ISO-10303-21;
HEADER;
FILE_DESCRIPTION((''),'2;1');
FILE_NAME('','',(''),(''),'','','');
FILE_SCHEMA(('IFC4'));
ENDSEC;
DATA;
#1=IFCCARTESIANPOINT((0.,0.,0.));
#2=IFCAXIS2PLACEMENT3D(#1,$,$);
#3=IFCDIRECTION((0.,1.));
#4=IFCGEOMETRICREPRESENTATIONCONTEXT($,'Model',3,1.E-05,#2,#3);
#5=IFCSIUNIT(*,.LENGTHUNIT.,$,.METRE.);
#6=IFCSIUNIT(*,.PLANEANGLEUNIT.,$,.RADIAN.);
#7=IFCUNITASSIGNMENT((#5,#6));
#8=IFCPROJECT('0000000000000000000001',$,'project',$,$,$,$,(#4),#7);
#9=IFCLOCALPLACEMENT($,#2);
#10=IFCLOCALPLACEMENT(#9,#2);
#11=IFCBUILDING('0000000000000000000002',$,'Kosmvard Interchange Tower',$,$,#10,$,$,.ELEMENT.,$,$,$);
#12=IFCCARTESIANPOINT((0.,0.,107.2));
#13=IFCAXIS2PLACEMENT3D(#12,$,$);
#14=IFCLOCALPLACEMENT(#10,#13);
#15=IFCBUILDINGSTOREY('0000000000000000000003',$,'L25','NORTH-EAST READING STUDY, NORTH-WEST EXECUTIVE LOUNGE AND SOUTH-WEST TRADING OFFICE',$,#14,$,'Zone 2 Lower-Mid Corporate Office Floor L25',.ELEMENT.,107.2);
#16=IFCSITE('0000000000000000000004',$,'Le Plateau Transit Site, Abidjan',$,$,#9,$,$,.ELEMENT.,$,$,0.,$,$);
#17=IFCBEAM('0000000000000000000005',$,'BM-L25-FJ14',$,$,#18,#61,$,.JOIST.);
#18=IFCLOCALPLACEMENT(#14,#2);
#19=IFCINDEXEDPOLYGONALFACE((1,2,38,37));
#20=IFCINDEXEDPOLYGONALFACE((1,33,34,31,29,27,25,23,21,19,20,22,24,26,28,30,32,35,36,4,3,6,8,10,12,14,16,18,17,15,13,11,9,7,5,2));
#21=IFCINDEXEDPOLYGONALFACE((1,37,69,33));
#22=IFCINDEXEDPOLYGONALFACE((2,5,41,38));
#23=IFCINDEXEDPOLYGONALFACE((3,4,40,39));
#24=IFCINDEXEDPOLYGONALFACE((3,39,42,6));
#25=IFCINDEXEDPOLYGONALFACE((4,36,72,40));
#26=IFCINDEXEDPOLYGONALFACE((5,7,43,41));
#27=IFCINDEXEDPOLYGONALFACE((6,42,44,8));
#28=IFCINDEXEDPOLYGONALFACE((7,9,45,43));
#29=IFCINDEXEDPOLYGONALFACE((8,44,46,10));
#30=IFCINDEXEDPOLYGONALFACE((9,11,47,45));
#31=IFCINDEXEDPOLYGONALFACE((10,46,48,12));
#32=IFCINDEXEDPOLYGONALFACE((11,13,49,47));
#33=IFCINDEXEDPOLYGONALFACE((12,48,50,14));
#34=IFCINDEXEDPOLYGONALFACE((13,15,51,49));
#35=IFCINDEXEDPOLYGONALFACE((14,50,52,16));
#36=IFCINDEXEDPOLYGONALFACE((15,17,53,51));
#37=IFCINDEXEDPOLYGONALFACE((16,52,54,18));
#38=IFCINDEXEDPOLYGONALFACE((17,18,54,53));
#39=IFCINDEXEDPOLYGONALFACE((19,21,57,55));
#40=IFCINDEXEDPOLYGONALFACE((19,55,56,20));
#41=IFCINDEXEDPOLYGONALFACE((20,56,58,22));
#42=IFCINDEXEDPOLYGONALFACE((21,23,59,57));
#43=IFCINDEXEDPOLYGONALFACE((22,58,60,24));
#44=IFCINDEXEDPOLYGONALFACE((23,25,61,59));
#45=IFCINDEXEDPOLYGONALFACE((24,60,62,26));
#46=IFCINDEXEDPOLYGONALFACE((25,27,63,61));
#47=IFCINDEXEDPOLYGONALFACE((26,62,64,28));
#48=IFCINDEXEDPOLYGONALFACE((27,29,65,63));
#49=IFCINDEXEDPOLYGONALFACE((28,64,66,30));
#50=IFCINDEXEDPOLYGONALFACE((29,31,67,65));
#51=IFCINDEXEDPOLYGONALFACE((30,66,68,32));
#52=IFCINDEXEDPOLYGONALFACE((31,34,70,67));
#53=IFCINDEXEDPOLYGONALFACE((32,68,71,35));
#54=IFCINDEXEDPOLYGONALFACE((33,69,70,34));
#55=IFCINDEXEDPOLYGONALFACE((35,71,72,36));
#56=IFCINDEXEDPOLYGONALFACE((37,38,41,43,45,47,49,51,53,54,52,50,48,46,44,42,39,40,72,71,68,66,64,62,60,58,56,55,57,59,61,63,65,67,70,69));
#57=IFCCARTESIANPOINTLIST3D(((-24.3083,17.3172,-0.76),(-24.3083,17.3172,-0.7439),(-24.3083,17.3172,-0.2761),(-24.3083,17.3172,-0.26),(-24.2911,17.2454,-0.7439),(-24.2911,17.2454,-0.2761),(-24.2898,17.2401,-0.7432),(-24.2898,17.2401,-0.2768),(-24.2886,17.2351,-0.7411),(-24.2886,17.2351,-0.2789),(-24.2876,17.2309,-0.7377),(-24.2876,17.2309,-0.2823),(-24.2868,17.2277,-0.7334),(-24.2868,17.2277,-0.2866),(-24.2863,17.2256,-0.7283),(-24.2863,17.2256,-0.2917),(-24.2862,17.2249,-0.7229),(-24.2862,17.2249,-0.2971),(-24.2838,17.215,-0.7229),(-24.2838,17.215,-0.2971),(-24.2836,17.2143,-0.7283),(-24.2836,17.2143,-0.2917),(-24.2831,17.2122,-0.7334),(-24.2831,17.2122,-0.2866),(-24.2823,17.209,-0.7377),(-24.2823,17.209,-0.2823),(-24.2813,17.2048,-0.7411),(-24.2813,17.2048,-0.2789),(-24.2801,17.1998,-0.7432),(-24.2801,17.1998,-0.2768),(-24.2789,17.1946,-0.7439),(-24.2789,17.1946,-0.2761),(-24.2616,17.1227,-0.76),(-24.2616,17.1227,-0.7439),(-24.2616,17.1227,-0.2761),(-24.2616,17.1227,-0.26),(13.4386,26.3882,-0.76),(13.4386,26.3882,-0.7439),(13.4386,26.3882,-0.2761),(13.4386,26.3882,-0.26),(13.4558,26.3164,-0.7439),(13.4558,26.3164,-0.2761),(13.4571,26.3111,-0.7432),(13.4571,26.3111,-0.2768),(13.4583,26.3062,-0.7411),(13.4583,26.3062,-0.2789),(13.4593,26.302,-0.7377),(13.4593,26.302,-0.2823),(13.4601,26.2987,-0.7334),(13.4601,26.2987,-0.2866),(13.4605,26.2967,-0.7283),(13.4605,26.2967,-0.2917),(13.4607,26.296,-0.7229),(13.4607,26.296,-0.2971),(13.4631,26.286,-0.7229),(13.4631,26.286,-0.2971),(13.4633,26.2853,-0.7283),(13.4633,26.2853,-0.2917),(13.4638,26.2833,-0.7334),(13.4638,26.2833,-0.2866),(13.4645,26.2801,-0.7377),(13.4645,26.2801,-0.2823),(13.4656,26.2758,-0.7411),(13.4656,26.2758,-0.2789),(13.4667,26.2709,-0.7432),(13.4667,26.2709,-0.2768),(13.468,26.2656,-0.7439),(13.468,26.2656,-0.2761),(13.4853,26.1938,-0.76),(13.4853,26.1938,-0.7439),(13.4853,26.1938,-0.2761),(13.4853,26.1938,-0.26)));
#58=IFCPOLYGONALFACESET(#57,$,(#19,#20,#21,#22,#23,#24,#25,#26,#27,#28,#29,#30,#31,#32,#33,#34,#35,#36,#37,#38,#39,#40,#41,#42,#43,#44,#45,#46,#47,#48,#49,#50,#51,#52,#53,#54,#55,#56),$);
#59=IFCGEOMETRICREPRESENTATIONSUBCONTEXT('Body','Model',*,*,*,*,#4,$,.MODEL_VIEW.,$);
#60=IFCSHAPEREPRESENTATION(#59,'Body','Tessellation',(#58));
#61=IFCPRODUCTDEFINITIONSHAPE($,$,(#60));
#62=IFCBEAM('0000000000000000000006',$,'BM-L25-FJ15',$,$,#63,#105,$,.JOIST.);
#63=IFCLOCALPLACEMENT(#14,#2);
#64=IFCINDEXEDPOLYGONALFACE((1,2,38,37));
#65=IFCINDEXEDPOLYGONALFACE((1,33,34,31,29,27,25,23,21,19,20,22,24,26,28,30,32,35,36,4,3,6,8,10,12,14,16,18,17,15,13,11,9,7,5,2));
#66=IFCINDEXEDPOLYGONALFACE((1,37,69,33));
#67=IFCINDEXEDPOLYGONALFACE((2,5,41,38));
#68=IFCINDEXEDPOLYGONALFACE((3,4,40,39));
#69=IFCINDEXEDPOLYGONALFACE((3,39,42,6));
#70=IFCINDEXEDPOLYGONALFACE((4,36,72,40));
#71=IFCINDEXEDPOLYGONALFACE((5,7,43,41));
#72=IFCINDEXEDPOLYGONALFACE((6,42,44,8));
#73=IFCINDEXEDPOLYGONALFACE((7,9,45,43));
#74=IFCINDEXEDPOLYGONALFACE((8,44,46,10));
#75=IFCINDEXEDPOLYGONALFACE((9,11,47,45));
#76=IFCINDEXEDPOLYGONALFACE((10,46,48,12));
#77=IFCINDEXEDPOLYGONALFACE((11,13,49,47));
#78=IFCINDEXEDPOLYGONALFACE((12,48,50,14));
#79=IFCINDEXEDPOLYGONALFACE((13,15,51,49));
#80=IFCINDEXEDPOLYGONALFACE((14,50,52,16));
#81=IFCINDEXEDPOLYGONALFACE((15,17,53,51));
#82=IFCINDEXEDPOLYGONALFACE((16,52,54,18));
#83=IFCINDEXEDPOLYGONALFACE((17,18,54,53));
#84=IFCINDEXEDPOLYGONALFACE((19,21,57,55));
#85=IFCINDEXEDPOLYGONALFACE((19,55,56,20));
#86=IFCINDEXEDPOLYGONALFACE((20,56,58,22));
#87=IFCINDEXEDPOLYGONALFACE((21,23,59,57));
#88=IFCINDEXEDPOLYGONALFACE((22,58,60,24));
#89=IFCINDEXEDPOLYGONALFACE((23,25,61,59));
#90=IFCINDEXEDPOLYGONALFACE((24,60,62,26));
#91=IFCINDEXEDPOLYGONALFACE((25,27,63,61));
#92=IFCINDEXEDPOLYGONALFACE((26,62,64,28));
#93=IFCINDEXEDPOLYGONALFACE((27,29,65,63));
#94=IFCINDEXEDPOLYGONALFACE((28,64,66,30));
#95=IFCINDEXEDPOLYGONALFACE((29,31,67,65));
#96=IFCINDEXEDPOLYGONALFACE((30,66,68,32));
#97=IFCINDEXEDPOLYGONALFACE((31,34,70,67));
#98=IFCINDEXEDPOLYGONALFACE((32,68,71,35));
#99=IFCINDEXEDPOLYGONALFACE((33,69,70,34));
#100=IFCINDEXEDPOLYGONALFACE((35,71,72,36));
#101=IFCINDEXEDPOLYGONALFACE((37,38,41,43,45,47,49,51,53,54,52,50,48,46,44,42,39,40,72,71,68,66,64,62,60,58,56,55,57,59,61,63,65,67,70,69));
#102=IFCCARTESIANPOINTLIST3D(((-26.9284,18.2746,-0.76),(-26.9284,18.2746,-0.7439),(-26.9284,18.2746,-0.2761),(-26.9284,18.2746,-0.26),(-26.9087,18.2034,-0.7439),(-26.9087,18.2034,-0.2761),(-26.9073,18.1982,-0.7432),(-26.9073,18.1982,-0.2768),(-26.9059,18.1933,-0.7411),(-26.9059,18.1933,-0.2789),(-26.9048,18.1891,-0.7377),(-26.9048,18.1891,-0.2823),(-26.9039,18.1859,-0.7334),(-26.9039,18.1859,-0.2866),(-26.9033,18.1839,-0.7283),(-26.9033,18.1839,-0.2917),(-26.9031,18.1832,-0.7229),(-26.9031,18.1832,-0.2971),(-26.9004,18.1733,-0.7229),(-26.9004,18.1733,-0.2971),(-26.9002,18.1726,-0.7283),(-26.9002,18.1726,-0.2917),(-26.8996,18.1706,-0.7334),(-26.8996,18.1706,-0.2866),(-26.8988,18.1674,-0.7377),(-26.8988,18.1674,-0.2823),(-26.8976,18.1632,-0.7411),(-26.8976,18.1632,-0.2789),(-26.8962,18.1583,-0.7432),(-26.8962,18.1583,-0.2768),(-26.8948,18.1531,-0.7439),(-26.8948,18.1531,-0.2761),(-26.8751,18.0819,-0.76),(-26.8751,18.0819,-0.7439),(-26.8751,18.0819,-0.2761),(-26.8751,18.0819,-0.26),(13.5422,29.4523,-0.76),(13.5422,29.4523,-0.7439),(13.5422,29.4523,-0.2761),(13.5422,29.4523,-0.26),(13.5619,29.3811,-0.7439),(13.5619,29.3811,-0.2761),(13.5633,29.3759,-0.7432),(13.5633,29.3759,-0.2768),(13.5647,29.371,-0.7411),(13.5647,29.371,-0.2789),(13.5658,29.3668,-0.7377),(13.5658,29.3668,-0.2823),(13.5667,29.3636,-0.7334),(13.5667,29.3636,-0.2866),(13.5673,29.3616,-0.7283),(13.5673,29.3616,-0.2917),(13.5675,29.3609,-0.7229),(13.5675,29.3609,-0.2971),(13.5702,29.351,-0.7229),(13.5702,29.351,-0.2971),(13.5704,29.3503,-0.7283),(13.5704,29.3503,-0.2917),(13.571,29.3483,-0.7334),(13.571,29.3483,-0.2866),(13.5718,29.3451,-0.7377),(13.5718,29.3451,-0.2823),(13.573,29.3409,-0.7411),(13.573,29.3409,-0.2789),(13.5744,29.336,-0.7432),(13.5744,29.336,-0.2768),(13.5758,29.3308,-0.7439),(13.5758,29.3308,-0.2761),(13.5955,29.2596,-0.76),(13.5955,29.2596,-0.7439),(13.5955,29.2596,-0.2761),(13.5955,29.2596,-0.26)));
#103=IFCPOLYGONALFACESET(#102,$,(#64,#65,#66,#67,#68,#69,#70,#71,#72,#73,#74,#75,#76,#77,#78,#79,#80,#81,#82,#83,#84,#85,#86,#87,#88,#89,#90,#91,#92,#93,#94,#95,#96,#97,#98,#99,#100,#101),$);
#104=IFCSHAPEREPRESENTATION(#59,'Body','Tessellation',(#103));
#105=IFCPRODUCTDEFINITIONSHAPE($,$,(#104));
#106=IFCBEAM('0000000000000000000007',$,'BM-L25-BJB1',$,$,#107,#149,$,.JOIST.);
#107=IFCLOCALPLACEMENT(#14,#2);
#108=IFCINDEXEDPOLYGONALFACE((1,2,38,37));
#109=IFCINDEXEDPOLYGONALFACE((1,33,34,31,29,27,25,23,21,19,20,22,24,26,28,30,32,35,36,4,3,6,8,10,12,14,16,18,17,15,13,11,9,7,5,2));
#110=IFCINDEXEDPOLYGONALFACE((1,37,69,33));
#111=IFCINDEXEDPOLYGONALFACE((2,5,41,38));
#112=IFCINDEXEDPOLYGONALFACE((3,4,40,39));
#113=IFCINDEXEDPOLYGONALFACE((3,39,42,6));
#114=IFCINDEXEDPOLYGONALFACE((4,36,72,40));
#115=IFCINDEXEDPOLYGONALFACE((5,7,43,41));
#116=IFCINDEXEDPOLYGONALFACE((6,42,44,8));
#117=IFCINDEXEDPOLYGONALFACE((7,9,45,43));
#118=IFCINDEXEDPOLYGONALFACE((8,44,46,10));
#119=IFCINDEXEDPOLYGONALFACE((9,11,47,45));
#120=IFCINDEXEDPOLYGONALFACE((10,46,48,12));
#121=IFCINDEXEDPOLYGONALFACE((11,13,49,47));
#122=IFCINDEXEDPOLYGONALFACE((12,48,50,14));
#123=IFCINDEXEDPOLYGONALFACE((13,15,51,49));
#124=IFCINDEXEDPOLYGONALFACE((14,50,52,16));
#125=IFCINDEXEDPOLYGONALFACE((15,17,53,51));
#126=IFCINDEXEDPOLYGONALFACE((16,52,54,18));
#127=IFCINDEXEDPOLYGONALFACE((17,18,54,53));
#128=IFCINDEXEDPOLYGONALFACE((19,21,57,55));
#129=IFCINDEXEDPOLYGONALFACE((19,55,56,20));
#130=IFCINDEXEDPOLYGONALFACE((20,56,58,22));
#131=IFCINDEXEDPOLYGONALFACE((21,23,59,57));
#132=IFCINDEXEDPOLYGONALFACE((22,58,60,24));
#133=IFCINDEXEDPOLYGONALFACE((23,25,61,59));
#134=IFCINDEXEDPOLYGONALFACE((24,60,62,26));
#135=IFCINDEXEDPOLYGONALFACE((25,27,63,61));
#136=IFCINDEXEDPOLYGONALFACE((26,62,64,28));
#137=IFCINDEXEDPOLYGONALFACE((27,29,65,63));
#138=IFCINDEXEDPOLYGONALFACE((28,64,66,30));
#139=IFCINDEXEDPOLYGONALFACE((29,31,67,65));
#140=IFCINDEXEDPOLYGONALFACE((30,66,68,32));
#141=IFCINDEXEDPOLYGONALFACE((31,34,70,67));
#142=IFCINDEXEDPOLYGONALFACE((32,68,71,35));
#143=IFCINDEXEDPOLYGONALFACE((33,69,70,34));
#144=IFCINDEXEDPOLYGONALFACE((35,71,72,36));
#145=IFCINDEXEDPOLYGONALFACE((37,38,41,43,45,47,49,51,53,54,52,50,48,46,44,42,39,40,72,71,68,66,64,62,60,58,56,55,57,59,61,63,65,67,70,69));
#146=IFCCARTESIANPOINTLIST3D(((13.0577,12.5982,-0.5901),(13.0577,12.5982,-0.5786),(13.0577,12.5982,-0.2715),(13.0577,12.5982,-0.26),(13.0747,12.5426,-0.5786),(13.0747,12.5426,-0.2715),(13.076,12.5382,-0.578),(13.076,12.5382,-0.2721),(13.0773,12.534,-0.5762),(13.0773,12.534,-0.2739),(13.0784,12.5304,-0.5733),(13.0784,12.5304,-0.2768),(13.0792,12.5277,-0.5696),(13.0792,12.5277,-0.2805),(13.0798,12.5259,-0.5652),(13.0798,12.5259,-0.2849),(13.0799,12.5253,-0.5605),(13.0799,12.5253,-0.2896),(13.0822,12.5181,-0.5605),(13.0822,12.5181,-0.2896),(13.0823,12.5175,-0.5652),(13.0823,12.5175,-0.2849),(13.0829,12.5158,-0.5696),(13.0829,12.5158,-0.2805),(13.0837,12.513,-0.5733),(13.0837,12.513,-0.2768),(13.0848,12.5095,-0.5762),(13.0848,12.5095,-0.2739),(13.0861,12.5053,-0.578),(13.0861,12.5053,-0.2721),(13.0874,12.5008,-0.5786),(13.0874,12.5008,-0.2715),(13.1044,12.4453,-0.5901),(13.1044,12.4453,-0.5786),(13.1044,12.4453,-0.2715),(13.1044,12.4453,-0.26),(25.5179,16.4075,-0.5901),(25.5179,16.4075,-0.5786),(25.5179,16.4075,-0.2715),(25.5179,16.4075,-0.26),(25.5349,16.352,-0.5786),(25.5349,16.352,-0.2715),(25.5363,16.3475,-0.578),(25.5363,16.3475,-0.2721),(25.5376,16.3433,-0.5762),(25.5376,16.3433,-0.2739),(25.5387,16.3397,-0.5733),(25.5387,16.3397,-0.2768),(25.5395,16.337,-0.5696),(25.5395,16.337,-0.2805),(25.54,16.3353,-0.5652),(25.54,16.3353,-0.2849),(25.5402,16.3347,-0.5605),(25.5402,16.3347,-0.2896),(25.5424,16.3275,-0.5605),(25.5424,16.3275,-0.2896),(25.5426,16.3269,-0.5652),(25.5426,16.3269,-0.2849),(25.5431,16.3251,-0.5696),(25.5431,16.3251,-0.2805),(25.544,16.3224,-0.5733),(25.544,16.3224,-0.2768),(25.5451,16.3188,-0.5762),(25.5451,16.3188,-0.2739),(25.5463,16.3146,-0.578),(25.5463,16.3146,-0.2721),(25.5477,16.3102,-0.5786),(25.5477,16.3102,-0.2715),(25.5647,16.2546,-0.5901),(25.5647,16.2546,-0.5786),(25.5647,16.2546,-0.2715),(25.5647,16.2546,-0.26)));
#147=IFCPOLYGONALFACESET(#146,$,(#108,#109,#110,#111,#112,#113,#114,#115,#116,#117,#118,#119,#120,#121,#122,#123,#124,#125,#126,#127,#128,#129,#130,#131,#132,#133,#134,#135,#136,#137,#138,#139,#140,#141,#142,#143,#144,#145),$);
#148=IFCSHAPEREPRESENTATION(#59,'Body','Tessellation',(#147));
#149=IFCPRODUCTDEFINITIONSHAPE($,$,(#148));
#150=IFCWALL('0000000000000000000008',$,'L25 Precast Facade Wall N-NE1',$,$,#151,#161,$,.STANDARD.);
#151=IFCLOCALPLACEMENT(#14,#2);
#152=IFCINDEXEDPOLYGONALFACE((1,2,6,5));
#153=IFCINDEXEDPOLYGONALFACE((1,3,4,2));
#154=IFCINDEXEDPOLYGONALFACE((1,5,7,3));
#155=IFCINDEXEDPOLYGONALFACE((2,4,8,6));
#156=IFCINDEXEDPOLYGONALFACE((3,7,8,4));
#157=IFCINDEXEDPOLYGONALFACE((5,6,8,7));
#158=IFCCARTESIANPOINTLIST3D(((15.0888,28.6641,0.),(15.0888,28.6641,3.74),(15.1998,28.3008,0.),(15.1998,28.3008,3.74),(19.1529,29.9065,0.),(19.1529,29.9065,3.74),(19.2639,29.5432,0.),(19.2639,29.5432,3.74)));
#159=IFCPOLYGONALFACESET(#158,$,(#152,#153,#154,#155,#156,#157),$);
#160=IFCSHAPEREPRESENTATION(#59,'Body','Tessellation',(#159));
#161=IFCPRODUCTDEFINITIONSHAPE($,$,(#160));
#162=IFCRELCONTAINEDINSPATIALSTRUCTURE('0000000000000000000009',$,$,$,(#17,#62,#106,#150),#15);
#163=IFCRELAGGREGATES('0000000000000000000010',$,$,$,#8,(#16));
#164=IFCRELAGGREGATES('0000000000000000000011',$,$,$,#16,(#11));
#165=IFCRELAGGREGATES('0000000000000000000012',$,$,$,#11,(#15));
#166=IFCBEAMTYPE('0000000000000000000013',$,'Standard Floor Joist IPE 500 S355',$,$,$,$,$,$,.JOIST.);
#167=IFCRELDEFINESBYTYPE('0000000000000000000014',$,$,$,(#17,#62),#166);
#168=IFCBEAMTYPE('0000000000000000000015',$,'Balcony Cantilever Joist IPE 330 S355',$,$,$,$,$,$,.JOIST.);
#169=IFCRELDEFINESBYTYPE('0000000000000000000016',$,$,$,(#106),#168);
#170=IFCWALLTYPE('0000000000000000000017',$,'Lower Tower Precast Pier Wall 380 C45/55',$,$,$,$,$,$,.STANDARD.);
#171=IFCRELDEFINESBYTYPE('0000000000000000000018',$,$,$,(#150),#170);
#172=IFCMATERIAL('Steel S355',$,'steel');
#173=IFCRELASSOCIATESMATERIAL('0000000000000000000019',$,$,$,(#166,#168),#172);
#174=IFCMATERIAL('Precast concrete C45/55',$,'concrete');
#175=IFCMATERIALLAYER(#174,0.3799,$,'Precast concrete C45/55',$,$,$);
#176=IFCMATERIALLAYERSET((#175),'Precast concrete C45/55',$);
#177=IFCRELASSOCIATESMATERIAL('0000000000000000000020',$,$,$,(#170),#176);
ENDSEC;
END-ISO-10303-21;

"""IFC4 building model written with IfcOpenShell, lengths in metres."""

from ifc_helpers import new_model, si_unit, direction, frame, frame_2d, origin, origin_2d, place, context, subcontext, project, spatial, rectangle, i_section, extrude, source, transform, mapped, material, layer, layer_set, material_profile, profile_set, type_object, element, save


model = new_model("IFC4")

# Units and contexts
model_context = context("Model", 3, precision=1e-05, world=origin(), true_north=direction((0.0, 1.0)))
body_context = subcontext(model_context, "Body", "Model", "MODEL_VIEW")
ifc_project = project(units=[si_unit("LENGTHUNIT", "METRE"), si_unit("PLANEANGLEUNIT", "RADIAN")], contexts=[model_context])

# Site, building, storey
site_placement = place(None, origin())
site = spatial("IfcSite", under=ifc_project, at=site_placement, Name="Le Plateau Transit Site, Abidjan", CompositionType="ELEMENT", RefElevation=0.0)
building_placement = place(site_placement, origin())
building = spatial("IfcBuilding", under=site, at=building_placement, Name="Kosmvard Interchange Tower", CompositionType="ELEMENT")
storey_placement = place(building_placement, frame((0.0, 0.0, 107.2)))
storey = spatial("IfcBuildingStorey", under=building, at=storey_placement, Name="L25", Description="NORTH-EAST READING STUDY, NORTH-WEST EXECUTIVE LOUNGE AND SOUTH-WEST TRADING OFFICE", LongName="Zone 2 Lower-Mid Corporate Office Floor L25", CompositionType="ELEMENT", Elevation=107.2)

# Beams
ifc_material_1 = material(Name="Steel S355", Category="steel")
ifc_material_2 = material(Name="Precast concrete C45/55", Category="concrete")
ifc_material_profile_1 = material_profile(ifc_material_1, i_section(OverallWidth=0.2, OverallDepth=0.5, WebThickness=0.0103, FlangeThickness=0.0161, FilletRadius=0.021, at=origin_2d()), Name="IPE 500")
ifc_profile_set_1 = profile_set([ifc_material_profile_1], Name="Steel S355")
beam_type_1 = type_object("IfcBeamType", Name="Standard Floor Joist IPE 500 S355", PredefinedType="JOIST", material=ifc_profile_set_1)
shared_shape_1 = source(origin(), body_context, "Body", "SweptSolid", [
    extrude(i_section(OverallWidth=0.2, OverallDepth=0.5, WebThickness=0.0103, FlangeThickness=0.0161, FilletRadius=0.021, at=origin_2d()), origin(), (0.0, 0.0, 1.0), 38.8215),
])
beam_1_placement = place(storey_placement, frame((13.4619, 26.291, -0.51), z_axis=(-0.972318, -0.233661, 0.0), x_axis=(0.233661, -0.972318, 0.0)))
element("IfcBeam", 1, at=beam_1_placement, inside=storey, type_object=beam_type_1, Name="BM-L25-FJ14", PredefinedType="JOIST", context=body_context, shape_type="MappedRepresentation", body=[
    mapped(shared_shape_1, transform((0.0, 0.0, 0.0), scale=1.0)),
])
shared_shape_2 = source(origin(), body_context, "Body", "SweptSolid", [
    extrude(i_section(OverallWidth=0.2, OverallDepth=0.5, WebThickness=0.0103, FlangeThickness=0.0161, FilletRadius=0.021, at=origin_2d()), origin(), (0.0, 0.0, 1.0), 41.9858),
])
beam_2_placement = place(storey_placement, frame((13.5688, 29.356, -0.51), z_axis=(-0.963911, -0.266226, 0.0), x_axis=(0.266226, -0.963911, 0.0)))
element("IfcBeam", 2, at=beam_2_placement, inside=storey, type_object=beam_type_1, Name="BM-L25-FJ15", PredefinedType="JOIST", context=body_context, shape_type="MappedRepresentation", body=[
    mapped(shared_shape_2, transform((0.0, 0.0, 0.0), scale=1.0)),
])
ifc_material_profile_2 = material_profile(ifc_material_1, i_section(OverallWidth=0.1599, OverallDepth=0.3301, WebThickness=0.0076, FlangeThickness=0.0115, FilletRadius=0.0181, at=origin_2d()), Name="IPE 330")
ifc_profile_set_2 = profile_set([ifc_material_profile_2], Name="Steel S355")
beam_type_2 = type_object("IfcBeamType", Name="Balcony Cantilever Joist IPE 330 S355", PredefinedType="JOIST", material=ifc_profile_set_2)
shared_shape_3 = source(origin(), body_context, "Body", "SweptSolid", [
    extrude(i_section(OverallWidth=0.1599, OverallDepth=0.3301, WebThickness=0.0076, FlangeThickness=0.0115, FilletRadius=0.0181, at=origin_2d()), origin(), (0.0, 0.0, 1.0), 13.0295),
])
beam_3_placement = place(storey_placement, frame((13.0811, 12.5217, -0.425), z_axis=(0.956308, 0.292362, 0.0), x_axis=(-0.292362, 0.956308, 0.0)))
element("IfcBeam", 3, at=beam_3_placement, inside=storey, type_object=beam_type_2, Name="BM-L25-BJB1", PredefinedType="JOIST", context=body_context, shape_type="MappedRepresentation", body=[
    mapped(shared_shape_3, transform((0.0, 0.0, 0.0), scale=1.0)),
])

# Wall
ifc_layer_1 = layer(ifc_material_2, 0.3799, Name="Precast concrete C45/55")
ifc_layer_set_1 = layer_set([ifc_layer_1], Name="Precast concrete C45/55")
wall_type = type_object("IfcWallType", Name="Lower Tower Precast Pier Wall 380 C45/55", PredefinedType="STANDARD", material=ifc_layer_set_1)
wall_1_placement = place(storey_placement, frame((19.2085, 29.7249, 0.0), z_axis=(0.0, 0.0, 1.0), x_axis=(-0.956313, -0.292346, 0.0)))
element("IfcWall", 4, at=wall_1_placement, inside=storey, type_object=wall_type, Name="L25 Precast Facade Wall N-NE1", PredefinedType="STANDARD", context=body_context, shape_type="SweptSolid", body=[
    extrude(rectangle(XDim=4.2498, YDim=0.3799, at=frame_2d((2.125, 0.0))), origin(), (0.0, 0.0, 1.0), 3.74),
])

save(model, "model.ifc")
